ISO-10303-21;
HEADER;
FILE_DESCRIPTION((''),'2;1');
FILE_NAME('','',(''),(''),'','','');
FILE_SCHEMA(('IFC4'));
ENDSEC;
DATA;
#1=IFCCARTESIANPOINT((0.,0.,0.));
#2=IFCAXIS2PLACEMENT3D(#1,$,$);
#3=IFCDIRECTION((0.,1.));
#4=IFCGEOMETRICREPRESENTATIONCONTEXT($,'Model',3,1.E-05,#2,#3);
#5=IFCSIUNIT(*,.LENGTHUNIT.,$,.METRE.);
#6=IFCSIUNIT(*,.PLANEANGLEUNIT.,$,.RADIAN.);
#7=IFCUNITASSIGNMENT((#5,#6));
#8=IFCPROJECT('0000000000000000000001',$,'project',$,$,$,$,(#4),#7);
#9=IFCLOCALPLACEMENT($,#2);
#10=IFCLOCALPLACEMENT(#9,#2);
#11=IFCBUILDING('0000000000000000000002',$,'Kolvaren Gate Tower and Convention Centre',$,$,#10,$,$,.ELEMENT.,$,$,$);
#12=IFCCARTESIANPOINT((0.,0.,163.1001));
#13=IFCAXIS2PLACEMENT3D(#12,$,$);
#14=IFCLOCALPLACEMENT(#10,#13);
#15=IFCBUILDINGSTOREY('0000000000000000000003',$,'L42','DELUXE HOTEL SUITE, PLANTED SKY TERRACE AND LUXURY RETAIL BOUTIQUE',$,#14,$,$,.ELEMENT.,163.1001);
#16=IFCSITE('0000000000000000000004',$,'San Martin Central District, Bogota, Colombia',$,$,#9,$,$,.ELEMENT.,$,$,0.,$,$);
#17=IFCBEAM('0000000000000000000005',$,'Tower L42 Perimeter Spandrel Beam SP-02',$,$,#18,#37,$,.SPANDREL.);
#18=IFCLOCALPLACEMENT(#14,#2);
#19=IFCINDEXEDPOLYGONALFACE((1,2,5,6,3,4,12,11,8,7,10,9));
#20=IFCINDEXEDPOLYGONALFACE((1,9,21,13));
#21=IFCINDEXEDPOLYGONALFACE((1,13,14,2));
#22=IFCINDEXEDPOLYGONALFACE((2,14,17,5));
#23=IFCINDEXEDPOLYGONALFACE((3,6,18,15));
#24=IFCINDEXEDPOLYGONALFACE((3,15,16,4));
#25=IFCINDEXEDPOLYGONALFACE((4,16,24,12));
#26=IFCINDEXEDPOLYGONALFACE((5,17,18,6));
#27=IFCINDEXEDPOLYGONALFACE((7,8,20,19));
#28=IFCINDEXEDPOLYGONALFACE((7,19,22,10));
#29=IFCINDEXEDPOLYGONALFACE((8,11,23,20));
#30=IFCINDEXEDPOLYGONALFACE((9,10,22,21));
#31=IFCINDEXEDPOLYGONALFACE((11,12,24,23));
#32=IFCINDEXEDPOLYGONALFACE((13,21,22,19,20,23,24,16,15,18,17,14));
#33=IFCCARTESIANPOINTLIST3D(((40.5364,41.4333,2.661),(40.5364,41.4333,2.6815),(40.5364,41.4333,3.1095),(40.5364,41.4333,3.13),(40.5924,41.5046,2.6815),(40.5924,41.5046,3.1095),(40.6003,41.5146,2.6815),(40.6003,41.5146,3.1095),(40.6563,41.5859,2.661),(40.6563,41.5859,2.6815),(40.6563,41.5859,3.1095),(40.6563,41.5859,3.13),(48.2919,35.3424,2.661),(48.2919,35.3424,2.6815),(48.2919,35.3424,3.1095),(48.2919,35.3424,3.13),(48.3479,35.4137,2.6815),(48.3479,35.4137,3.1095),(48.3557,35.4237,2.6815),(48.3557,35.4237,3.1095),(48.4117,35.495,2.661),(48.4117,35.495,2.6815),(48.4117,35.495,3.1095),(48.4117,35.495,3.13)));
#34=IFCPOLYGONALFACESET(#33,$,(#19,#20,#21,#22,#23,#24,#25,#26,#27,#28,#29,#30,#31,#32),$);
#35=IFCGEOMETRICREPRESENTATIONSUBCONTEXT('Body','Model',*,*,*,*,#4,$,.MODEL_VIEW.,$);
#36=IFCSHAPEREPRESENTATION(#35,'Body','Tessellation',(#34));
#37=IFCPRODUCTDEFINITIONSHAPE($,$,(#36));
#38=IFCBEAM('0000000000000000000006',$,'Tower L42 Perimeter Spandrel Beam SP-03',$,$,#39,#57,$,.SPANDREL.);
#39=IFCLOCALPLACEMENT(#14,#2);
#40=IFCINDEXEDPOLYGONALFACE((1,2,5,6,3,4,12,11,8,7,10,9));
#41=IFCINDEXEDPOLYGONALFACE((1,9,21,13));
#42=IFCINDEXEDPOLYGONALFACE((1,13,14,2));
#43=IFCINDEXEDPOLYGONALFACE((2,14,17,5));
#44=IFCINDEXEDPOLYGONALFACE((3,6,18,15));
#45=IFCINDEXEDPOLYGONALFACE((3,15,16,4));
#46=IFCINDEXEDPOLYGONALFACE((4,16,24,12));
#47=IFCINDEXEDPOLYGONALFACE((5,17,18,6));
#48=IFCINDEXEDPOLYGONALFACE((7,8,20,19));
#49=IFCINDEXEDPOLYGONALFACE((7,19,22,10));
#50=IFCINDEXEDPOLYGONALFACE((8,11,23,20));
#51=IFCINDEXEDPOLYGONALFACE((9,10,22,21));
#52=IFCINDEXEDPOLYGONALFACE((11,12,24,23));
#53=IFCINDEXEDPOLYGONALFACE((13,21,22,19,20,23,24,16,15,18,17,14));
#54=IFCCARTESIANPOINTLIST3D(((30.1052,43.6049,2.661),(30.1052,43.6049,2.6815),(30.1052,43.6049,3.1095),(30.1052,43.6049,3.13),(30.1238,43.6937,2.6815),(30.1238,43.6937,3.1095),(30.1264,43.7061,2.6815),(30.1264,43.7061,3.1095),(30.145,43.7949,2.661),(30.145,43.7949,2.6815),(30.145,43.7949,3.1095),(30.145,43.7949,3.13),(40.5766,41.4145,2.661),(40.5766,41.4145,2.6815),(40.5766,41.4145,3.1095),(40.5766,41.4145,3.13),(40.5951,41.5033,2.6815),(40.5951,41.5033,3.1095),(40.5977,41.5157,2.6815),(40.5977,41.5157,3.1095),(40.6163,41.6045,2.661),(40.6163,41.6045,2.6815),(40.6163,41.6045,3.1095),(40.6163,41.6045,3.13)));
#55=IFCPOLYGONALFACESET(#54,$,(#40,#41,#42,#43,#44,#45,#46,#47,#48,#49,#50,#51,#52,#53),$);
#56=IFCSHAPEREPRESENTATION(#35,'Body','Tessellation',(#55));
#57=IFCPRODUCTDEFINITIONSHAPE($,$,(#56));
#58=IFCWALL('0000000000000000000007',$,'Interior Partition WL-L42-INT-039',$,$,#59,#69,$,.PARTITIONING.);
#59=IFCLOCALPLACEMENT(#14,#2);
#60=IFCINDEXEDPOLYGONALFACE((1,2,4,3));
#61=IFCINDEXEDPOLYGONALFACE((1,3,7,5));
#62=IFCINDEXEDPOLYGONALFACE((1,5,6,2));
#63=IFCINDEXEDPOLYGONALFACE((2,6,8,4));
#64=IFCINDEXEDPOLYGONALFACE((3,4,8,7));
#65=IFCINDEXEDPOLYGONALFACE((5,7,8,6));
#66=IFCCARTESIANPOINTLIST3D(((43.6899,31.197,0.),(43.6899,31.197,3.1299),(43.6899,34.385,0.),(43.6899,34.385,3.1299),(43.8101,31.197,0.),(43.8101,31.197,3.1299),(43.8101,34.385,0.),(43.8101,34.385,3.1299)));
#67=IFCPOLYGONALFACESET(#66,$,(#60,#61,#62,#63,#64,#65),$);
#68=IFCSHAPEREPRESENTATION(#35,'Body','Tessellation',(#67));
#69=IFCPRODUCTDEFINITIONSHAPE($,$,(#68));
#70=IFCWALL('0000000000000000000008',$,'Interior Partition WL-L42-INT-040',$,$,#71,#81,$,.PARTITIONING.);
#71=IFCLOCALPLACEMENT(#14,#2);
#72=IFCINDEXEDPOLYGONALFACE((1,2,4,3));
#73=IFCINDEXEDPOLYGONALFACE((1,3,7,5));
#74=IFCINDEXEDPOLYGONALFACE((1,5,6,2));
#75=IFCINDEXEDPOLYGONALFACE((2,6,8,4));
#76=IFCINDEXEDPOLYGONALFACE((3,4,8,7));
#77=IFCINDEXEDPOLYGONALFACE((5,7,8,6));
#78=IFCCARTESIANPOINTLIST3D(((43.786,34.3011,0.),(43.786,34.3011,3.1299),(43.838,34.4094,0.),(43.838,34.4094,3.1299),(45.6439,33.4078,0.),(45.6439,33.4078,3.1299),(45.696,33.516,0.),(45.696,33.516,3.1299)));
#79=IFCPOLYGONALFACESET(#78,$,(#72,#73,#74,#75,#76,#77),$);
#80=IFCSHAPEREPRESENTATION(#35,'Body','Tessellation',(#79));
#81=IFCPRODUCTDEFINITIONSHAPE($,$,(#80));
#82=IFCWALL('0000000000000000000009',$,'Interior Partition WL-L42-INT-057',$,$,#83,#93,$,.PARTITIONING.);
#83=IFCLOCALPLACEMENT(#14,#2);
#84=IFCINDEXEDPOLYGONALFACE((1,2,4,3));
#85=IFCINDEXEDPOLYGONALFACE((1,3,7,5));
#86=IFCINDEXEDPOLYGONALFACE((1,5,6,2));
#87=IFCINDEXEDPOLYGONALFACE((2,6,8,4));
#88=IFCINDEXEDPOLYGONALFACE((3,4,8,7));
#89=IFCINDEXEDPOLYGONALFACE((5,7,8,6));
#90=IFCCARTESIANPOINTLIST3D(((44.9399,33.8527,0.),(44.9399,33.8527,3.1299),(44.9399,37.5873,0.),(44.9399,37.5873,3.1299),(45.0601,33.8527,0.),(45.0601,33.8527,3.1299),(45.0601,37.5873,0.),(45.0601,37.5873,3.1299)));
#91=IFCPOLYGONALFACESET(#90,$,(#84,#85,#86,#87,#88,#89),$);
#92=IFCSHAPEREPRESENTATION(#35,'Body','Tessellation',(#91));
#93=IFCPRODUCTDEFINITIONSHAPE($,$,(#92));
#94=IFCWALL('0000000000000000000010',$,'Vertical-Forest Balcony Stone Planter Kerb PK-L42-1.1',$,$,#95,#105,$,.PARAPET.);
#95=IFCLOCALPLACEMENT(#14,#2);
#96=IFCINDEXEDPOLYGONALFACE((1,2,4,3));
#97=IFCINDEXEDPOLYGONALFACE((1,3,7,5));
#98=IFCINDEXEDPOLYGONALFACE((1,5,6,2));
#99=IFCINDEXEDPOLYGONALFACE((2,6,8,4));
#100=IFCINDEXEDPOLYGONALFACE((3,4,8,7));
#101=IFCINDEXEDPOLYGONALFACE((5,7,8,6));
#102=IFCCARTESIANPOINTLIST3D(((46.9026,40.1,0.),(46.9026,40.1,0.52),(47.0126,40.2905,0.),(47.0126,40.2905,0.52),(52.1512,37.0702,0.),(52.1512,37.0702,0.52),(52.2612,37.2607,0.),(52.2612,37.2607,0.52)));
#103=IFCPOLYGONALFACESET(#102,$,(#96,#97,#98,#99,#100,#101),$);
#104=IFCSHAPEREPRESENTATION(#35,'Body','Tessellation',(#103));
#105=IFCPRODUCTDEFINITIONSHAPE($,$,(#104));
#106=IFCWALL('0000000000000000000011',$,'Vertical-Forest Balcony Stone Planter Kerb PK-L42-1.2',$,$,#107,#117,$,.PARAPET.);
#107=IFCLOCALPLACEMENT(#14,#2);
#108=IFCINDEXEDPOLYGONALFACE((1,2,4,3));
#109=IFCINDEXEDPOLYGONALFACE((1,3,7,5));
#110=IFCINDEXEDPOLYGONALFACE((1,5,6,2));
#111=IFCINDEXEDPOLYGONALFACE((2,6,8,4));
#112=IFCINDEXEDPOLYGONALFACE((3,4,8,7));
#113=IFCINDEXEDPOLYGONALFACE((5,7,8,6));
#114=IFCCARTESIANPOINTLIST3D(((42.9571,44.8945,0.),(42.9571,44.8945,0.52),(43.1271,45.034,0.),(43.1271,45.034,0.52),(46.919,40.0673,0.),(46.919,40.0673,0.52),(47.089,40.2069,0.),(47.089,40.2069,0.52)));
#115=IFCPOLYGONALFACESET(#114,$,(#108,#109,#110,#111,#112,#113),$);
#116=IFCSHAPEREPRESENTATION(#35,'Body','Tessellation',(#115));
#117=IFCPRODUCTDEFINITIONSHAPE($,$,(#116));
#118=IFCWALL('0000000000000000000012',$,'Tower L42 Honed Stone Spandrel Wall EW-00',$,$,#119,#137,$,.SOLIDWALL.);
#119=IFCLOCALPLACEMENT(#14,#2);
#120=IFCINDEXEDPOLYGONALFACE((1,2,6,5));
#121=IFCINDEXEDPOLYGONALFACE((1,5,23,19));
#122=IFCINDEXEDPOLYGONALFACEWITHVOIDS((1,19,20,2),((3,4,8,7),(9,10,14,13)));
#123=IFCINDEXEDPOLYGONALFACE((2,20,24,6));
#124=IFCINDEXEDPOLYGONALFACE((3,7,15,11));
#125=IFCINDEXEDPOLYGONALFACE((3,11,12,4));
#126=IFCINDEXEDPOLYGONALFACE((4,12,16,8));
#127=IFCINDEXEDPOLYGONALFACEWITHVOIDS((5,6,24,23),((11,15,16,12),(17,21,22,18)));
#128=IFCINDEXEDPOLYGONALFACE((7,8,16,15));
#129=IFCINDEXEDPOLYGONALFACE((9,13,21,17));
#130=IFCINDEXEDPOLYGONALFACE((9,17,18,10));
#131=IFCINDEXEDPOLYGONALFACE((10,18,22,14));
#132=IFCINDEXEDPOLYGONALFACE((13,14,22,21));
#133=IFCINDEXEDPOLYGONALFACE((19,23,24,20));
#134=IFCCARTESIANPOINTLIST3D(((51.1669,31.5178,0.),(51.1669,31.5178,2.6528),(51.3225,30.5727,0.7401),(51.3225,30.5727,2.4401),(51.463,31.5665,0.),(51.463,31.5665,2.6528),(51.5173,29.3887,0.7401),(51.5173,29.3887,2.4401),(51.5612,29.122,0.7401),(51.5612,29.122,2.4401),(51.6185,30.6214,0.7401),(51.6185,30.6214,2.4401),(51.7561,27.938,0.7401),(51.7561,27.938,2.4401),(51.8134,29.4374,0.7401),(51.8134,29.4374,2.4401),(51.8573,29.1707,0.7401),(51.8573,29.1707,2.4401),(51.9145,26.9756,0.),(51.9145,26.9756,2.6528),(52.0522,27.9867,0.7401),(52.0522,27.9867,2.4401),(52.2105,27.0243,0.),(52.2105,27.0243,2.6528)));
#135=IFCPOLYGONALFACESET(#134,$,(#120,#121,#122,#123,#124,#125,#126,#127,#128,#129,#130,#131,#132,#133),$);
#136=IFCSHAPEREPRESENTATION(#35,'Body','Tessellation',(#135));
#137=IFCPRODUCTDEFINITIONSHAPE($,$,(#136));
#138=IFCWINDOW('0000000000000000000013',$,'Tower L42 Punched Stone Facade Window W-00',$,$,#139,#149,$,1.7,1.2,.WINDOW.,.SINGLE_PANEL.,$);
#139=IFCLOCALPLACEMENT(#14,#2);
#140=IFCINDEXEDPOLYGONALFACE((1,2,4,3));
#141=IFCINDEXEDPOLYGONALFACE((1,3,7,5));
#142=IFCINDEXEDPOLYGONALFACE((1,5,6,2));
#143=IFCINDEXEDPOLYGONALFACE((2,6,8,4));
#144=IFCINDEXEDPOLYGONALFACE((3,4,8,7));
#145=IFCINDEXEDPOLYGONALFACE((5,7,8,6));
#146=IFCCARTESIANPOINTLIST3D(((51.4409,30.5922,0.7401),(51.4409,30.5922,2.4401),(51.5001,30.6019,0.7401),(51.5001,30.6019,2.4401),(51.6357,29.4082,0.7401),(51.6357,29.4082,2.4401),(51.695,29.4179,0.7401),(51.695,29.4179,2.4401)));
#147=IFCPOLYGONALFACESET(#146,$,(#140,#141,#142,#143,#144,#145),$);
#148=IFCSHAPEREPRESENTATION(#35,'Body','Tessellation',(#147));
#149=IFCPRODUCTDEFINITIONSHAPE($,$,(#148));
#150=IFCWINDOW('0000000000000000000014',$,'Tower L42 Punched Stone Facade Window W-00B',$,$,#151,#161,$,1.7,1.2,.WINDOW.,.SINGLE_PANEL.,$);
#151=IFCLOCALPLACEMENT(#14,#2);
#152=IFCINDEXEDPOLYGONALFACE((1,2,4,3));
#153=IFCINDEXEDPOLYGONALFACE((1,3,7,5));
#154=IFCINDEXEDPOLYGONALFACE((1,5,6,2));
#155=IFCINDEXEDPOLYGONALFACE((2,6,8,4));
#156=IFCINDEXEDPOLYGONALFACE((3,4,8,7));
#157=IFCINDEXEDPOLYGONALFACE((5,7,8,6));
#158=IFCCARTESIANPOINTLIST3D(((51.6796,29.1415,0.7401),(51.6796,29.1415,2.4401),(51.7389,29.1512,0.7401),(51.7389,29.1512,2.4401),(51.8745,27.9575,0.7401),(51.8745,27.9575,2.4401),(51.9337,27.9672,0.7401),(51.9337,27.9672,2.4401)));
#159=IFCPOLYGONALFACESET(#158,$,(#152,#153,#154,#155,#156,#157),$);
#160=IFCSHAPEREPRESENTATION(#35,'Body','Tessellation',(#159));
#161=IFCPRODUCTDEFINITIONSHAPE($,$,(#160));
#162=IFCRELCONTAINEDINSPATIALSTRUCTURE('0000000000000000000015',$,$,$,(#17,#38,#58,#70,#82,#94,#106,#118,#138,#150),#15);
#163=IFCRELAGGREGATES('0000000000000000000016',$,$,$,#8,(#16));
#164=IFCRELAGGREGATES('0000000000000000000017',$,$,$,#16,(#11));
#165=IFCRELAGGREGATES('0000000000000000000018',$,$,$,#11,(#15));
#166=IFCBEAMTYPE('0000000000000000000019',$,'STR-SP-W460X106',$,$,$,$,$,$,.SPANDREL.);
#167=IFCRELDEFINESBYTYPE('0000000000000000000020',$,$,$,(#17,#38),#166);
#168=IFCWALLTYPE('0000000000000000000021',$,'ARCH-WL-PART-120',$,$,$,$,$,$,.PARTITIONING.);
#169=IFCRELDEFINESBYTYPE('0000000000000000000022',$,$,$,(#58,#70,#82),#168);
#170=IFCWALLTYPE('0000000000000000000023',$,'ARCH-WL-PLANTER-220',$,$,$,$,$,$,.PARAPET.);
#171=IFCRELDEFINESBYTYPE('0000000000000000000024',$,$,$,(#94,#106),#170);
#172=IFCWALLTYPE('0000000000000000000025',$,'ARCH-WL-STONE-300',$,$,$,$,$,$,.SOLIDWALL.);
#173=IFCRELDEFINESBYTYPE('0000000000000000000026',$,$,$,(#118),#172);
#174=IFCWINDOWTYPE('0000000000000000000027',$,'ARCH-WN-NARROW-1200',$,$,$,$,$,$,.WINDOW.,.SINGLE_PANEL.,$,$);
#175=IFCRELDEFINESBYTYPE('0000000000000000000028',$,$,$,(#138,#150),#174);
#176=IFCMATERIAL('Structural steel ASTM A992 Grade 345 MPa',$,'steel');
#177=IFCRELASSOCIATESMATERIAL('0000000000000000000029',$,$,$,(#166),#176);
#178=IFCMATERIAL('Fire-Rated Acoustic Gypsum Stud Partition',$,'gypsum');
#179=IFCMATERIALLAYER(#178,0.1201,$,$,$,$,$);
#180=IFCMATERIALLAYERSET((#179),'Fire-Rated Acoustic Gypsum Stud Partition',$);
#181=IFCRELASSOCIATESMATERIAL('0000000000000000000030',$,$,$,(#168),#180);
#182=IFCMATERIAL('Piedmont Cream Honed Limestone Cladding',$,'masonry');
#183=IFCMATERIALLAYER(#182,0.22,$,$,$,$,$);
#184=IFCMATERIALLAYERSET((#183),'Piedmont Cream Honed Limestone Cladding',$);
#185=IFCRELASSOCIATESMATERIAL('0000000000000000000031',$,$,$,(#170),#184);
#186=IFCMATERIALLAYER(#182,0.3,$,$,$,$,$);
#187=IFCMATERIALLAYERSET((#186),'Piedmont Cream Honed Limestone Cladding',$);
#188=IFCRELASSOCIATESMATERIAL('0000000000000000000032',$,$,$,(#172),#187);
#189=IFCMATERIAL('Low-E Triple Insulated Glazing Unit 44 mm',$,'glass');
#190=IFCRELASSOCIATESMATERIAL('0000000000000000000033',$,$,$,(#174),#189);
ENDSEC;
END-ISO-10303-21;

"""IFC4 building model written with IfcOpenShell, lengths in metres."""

from ifc_helpers import new_model, si_unit, direction, frame, frame_2d, origin, origin_2d, place, context, subcontext, project, spatial, rectangle, i_section, extrude, material, layer, layer_set, material_profile, profile_set, type_object, element, fill, save


model = new_model("IFC4")

# Units and contexts
model_context = context("Model", 3, precision=1e-05, world=origin(), true_north=direction((0.0, 1.0)))
body_context = subcontext(model_context, "Body", "Model", "MODEL_VIEW")
ifc_project = project(units=[si_unit("LENGTHUNIT", "METRE"), si_unit("PLANEANGLEUNIT", "RADIAN")], contexts=[model_context])

# Site, building, storey
site_placement = place(None, origin())
site = spatial("IfcSite", under=ifc_project, at=site_placement, Name="San Martin Central District, Bogota, Colombia", CompositionType="ELEMENT", RefElevation=0.0)
building_placement = place(site_placement, origin())
building = spatial("IfcBuilding", under=site, at=building_placement, Name="Kolvaren Gate Tower and Convention Centre", CompositionType="ELEMENT")
storey_placement = place(building_placement, frame((0.0, 0.0, 163.1001)))
storey = spatial("IfcBuildingStorey", under=building, at=storey_placement, Name="L42", Description="DELUXE HOTEL SUITE, PLANTED SKY TERRACE AND LUXURY RETAIL BOUTIQUE", CompositionType="ELEMENT", Elevation=163.1001)

# Beams
ifc_material_1 = material(Name="Structural steel ASTM A992 Grade 345 MPa", Category="steel")
ifc_material_profile_1 = material_profile(ifc_material_1, i_section(OverallWidth=0.1941, OverallDepth=0.469, WebThickness=0.0127, FlangeThickness=0.0205, at=origin_2d()), Name="W460X106")
ifc_profile_set_1 = profile_set([ifc_material_profile_1], Name="Structural steel ASTM A992 Grade 345 MPa")
beam_type_1 = type_object("IfcBeamType", Name="STR-SP-W460X106", PredefinedType="SPANDREL", material=ifc_profile_set_1)
beam_1_placement = place(storey_placement, frame((48.3518, 35.4187, 2.8955), z_axis=(-0.786451, 0.617653, 0.0), x_axis=(-0.617653, -0.786451, 0.0)))
element("IfcBeam", 1, at=beam_1_placement, inside=storey, type_object=beam_type_1, Name="Tower L42 Perimeter Spandrel Beam SP-02", PredefinedType="SPANDREL", context=body_context, shape_type="SweptSolid", body=[
    extrude(i_section(OverallWidth=0.1941, OverallDepth=0.469, WebThickness=0.0127, FlangeThickness=0.0205, at=origin_2d()), origin(), (0.0, 0.0, 1.0), 9.8613),
])
beam_2_placement = place(storey_placement, frame((40.5964, 41.5095, 2.8955), z_axis=(-0.978814, 0.20475, 0.0), x_axis=(-0.20475, -0.978814, 0.0)))
element("IfcBeam", 2, at=beam_2_placement, inside=storey, type_object=beam_type_1, Name="Tower L42 Perimeter Spandrel Beam SP-03", PredefinedType="SPANDREL", context=body_context, shape_type="SweptSolid", body=[
    extrude(i_section(OverallWidth=0.1941, OverallDepth=0.469, WebThickness=0.0127, FlangeThickness=0.0205, at=origin_2d()), origin(), (0.0, 0.0, 1.0), 10.698),
])

# Walls
ifc_material_2 = material(Name="Fire-Rated Acoustic Gypsum Stud Partition", Category="gypsum")
ifc_layer_1 = layer(ifc_material_2, 0.1201)
ifc_layer_set_1 = layer_set([ifc_layer_1], Name="Fire-Rated Acoustic Gypsum Stud Partition")
wall_type_1 = type_object("IfcWallType", Name="ARCH-WL-PART-120", PredefinedType="PARTITIONING", material=ifc_layer_set_1)
wall_1_placement = place(storey_placement, frame((43.75, 31.197, 0.0), z_axis=(0.0, 0.0, 1.0), x_axis=(0.0, 1.0, 0.0)))
element("IfcWall", 3, at=wall_1_placement, inside=storey, type_object=wall_type_1, Name="Interior Partition WL-L42-INT-039", PredefinedType="PARTITIONING", context=body_context, shape_type="SweptSolid", body=[
    extrude(rectangle(XDim=3.188, YDim=0.1201, at=frame_2d((1.594, 0.0))), origin(), (0.0, 0.0, 1.0), 3.1299),
])
wall_2_placement = place(storey_placement, frame((43.812, 34.3552, 0.0), z_axis=(0.0, 0.0, 1.0), x_axis=(0.901236, -0.433328, 0.0)))
element("IfcWall", 4, at=wall_2_placement, inside=storey, type_object=wall_type_1, Name="Interior Partition WL-L42-INT-040", PredefinedType="PARTITIONING", context=body_context, shape_type="SweptSolid", body=[
    extrude(rectangle(XDim=2.0615, YDim=0.1201, at=frame_2d((1.0308, 0.0))), origin(), (0.0, 0.0, 1.0), 3.1299),
])
wall_3_placement = place(storey_placement, frame((45.0, 33.8528, 0.0), z_axis=(0.0, 0.0, 1.0), x_axis=(0.0, 1.0, 0.0)))
element("IfcWall", 5, at=wall_3_placement, inside=storey, type_object=wall_type_1, Name="Interior Partition WL-L42-INT-057", PredefinedType="PARTITIONING", context=body_context, shape_type="SweptSolid", body=[
    extrude(rectangle(XDim=3.7346, YDim=0.1201, at=frame_2d((1.8672, 0.0))), origin(), (0.0, 0.0, 1.0), 3.1299),
])
ifc_material_3 = material(Name="Piedmont Cream Honed Limestone Cladding", Category="masonry")
ifc_layer_2 = layer(ifc_material_3, 0.22)
ifc_layer_set_2 = layer_set([ifc_layer_2], Name="Piedmont Cream Honed Limestone Cladding")
wall_type_2 = type_object("IfcWallType", Name="ARCH-WL-PLANTER-220", PredefinedType="PARAPET", material=ifc_layer_set_2)
wall_4_placement = place(storey_placement, frame((46.9575, 40.1953, 0.0), z_axis=(0.0, 0.0, 1.0), x_axis=(0.866058, -0.499943, 0.0)))
element("IfcWall", 6, at=wall_4_placement, inside=storey, type_object=wall_type_2, Name="Vertical-Forest Balcony Stone Planter Kerb PK-L42-1.1", PredefinedType="PARAPET", context=body_context, shape_type="SweptSolid", body=[
    extrude(rectangle(XDim=6.0603, YDim=0.22, at=frame_2d((3.0303, 0.0))), origin(), (0.0, 0.0, 1.0), 0.52),
])
wall_5_placement = place(storey_placement, frame((43.042, 44.9644, 0.0), z_axis=(0.0, 0.0, 1.0), x_axis=(0.634429, -0.772981, 0.0)))
element("IfcWall", 7, at=wall_5_placement, inside=storey, type_object=wall_type_2, Name="Vertical-Forest Balcony Stone Planter Kerb PK-L42-1.2", PredefinedType="PARAPET", context=body_context, shape_type="SweptSolid", body=[
    extrude(rectangle(XDim=6.2449, YDim=0.22, at=frame_2d((3.1226, 0.0))), origin(), (0.0, 0.0, 1.0), 0.52),
])

# Wall, openings, windows
ifc_layer_3 = layer(ifc_material_3, 0.3)
ifc_layer_set_3 = layer_set([ifc_layer_3], Name="Piedmont Cream Honed Limestone Cladding")
wall_type_3 = type_object("IfcWallType", Name="ARCH-WL-STONE-300", PredefinedType="SOLIDWALL", material=ifc_layer_set_3)
wall_6_placement = place(storey_placement, frame((51.3149, 31.5422, 0.0), z_axis=(0.0, 0.0, 1.0), x_axis=(0.162395, -0.986726, 0.0)))
wall_6 = element("IfcWall", 8, at=wall_6_placement, inside=storey, type_object=wall_type_3, Name="Tower L42 Honed Stone Spandrel Wall EW-00", PredefinedType="SOLIDWALL", context=body_context, shape_type="SweptSolid", body=[
    extrude(rectangle(XDim=4.6033, YDim=0.3, at=frame_2d((2.3018, 0.0))), origin(), (0.0, 0.0, 1.0), 2.6528),
])
opening_1_placement = place(wall_6_placement, frame((0.9578, 0.0, 0.74)))
opening_1 = element("IfcOpeningElement", 9, at=opening_1_placement, cuts=wall_6, PredefinedType="OPENING", context=body_context, shape_type="SweptSolid", body=[
    extrude(rectangle(XDim=1.2, YDim=1.7, at=frame_2d((0.6001, 0.8501))), frame((0.0, 0.1599, 0.0), z_axis=(0.0, -1.0, 0.0), x_axis=(1.0, 0.0, 0.0)), (0.0, 0.0, 1.0), 0.3201),
])
opening_2_placement = place(wall_6_placement, frame((2.428, 0.0, 0.74)))
opening_2 = element("IfcOpeningElement", 10, at=opening_2_placement, cuts=wall_6, PredefinedType="OPENING", context=body_context, shape_type="SweptSolid", body=[
    extrude(rectangle(XDim=1.2, YDim=1.7, at=frame_2d((0.6001, 0.8501))), frame((0.0, 0.1599, 0.0), z_axis=(0.0, -1.0, 0.0), x_axis=(1.0, 0.0, 0.0)), (0.0, 0.0, 1.0), 0.3201),
])
ifc_material_4 = material(Name="Low-E Triple Insulated Glazing Unit 44 mm", Category="glass")
window_type_1 = type_object("IfcWindowType", Name="ARCH-WN-NARROW-1200", PartitioningType="SINGLE_PANEL", PredefinedType="WINDOW", material=ifc_material_4)
window_1_placement = place(opening_1_placement, origin())
window_1 = element("IfcWindow", 11, at=window_1_placement, inside=storey, type_object=window_type_1, Name="Tower L42 Punched Stone Facade Window W-00", OverallHeight=1.7, OverallWidth=1.2, PartitioningType="SINGLE_PANEL", PredefinedType="WINDOW", context=body_context, shape_type="SweptSolid", body=[
    extrude(rectangle(XDim=1.2, YDim=1.7, at=frame_2d((0.6001, 0.8501))), frame((0.0, 0.03, 0.0), z_axis=(0.0, -1.0, 0.0), x_axis=(1.0, 0.0, 0.0)), (0.0, 0.0, 1.0), 0.0601),
])
fill(opening_1, window_1)
window_2_placement = place(opening_2_placement, origin())
window_2 = element("IfcWindow", 12, at=window_2_placement, inside=storey, type_object=window_type_1, Name="Tower L42 Punched Stone Facade Window W-00B", OverallHeight=1.7, OverallWidth=1.2, PartitioningType="SINGLE_PANEL", PredefinedType="WINDOW", context=body_context, shape_type="SweptSolid", body=[
    extrude(rectangle(XDim=1.2, YDim=1.7, at=frame_2d((0.6001, 0.8501))), frame((0.0, 0.03, 0.0), z_axis=(0.0, -1.0, 0.0), x_axis=(1.0, 0.0, 0.0)), (0.0, 0.0, 1.0), 0.0601),
])
fill(opening_2, window_2)

save(model, "model.ifc")
